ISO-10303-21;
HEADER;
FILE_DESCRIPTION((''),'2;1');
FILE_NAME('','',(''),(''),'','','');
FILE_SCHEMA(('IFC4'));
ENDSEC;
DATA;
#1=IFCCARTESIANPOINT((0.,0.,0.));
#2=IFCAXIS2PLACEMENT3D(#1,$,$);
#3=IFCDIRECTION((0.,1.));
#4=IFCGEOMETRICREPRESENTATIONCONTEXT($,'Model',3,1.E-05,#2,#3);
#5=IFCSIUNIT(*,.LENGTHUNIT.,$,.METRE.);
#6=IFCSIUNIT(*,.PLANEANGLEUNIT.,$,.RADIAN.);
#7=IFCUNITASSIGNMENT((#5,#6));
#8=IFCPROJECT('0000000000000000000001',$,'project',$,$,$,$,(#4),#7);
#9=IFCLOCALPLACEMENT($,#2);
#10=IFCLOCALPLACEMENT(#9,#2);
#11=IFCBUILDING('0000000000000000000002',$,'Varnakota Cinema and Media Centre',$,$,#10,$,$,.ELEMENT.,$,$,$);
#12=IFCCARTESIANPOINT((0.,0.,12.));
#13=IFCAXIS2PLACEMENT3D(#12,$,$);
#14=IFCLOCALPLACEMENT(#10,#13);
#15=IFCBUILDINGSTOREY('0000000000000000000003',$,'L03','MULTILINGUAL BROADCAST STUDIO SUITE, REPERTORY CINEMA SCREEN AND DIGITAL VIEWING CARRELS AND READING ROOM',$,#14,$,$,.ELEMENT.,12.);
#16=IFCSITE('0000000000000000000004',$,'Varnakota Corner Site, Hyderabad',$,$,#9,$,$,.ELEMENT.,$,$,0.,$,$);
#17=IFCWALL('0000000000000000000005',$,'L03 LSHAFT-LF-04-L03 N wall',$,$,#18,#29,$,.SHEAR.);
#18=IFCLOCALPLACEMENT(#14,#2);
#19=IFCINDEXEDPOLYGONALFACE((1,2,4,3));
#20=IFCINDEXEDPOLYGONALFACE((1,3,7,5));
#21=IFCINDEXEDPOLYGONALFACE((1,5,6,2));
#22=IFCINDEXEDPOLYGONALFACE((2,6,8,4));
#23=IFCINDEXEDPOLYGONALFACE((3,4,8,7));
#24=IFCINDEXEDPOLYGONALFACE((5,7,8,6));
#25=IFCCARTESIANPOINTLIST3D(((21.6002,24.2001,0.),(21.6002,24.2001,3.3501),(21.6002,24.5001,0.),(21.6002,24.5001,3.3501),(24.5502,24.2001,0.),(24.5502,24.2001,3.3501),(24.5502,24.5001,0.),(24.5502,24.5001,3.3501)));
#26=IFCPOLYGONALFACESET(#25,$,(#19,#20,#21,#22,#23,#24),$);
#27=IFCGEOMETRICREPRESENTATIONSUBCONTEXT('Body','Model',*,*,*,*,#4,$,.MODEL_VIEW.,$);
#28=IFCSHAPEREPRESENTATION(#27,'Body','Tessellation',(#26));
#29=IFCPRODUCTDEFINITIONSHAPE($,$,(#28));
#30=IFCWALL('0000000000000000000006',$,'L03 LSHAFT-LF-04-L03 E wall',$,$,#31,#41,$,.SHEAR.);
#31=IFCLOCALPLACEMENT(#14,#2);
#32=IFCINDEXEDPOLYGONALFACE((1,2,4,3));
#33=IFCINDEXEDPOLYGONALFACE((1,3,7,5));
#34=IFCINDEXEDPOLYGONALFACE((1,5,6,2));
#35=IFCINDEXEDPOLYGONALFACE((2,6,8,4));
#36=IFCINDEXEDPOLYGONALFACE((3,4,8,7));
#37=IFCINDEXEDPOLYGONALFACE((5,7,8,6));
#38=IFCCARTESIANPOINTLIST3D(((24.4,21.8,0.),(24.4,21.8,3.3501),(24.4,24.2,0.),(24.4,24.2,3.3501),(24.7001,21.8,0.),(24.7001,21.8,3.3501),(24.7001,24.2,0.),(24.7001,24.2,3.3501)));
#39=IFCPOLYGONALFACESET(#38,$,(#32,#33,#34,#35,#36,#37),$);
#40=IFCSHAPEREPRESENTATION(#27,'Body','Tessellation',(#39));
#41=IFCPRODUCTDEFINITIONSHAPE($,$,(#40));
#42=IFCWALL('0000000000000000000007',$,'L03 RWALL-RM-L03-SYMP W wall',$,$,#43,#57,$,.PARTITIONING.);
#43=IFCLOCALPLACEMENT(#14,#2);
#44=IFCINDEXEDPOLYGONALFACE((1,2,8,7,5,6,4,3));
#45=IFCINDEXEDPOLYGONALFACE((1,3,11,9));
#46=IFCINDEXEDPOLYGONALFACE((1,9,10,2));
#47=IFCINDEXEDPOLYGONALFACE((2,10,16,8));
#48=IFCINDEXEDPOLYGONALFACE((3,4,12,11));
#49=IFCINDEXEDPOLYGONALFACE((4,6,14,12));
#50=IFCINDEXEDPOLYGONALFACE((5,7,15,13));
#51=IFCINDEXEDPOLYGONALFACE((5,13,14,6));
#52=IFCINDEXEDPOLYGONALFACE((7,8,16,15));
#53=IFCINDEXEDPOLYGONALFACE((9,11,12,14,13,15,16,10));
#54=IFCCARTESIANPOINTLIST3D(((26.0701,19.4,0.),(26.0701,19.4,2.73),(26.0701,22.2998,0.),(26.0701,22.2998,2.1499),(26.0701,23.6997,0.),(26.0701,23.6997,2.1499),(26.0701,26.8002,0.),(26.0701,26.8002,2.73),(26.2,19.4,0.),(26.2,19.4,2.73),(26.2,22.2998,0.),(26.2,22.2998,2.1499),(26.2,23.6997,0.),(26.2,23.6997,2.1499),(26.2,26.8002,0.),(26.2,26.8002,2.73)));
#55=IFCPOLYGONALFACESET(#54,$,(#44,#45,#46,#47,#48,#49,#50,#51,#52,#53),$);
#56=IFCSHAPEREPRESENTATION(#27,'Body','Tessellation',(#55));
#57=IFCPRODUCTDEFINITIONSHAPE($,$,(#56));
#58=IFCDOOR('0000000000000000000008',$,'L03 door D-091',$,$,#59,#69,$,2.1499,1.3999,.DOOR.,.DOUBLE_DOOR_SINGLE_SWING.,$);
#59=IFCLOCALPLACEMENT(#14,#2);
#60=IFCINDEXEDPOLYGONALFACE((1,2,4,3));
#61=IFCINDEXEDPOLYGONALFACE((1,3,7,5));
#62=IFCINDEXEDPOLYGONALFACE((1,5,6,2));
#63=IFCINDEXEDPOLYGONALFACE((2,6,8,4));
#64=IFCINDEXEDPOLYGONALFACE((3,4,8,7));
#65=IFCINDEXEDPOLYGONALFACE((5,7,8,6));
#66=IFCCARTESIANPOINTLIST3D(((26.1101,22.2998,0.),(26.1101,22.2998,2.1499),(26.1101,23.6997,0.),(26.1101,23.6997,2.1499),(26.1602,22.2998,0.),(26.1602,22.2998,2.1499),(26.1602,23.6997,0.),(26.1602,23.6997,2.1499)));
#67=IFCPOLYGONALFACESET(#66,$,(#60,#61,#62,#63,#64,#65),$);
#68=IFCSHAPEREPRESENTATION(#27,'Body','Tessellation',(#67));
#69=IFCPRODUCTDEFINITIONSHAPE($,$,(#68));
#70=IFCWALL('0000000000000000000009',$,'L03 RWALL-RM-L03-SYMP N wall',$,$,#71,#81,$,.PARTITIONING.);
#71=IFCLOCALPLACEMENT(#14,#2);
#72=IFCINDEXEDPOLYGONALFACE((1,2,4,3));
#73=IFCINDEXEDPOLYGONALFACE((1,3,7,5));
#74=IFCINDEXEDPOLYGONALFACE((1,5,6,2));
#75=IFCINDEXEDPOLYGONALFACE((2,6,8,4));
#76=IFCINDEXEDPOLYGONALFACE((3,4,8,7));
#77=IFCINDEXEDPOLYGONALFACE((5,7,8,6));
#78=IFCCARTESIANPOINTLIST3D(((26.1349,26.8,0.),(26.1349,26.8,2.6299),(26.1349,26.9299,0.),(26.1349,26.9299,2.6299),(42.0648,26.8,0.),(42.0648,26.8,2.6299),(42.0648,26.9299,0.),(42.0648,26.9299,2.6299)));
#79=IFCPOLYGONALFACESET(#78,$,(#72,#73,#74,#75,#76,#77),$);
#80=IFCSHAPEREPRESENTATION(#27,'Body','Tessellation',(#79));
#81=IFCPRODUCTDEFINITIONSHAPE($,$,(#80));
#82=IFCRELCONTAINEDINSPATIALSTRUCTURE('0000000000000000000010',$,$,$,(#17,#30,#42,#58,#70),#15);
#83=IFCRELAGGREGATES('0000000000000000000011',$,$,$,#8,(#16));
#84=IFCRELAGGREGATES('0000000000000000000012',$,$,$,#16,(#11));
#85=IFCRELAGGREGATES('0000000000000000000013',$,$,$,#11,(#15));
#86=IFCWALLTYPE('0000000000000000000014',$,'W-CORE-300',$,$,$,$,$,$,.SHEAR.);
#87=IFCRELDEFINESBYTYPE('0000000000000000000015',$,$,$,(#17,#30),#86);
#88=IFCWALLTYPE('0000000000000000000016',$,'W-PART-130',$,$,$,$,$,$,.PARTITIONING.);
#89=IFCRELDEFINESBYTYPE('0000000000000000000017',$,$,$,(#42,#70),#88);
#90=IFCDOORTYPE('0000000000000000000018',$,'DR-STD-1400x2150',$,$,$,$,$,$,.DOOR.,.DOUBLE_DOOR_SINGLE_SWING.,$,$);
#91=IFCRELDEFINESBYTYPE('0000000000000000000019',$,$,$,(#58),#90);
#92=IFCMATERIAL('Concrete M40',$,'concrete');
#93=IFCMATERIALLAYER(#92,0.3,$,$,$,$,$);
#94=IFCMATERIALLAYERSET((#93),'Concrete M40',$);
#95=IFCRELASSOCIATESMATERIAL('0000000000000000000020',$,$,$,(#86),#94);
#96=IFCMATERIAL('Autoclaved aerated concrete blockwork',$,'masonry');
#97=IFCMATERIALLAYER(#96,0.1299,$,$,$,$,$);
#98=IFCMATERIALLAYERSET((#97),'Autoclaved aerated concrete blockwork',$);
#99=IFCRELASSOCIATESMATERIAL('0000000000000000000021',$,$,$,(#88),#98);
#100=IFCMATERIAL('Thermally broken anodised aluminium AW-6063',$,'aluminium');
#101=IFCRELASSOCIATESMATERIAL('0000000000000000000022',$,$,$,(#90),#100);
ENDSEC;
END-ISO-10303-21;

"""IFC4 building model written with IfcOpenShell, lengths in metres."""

from ifc_helpers import new_model, si_unit, direction, frame, frame_2d, origin, place, context, subcontext, project, spatial, rectangle, extrude, material, layer, layer_set, type_object, element, fill, save


model = new_model("IFC4")

# Units and contexts
model_context = context("Model", 3, precision=1e-05, world=origin(), true_north=direction((0.0, 1.0)))
body_context = subcontext(model_context, "Body", "Model", "MODEL_VIEW")
ifc_project = project(units=[si_unit("LENGTHUNIT", "METRE"), si_unit("PLANEANGLEUNIT", "RADIAN")], contexts=[model_context])

# Site, building, storey
site_placement = place(None, origin())
site = spatial("IfcSite", under=ifc_project, at=site_placement, Name="Varnakota Corner Site, Hyderabad", CompositionType="ELEMENT", RefElevation=0.0)
building_placement = place(site_placement, origin())
building = spatial("IfcBuilding", under=site, at=building_placement, Name="Varnakota Cinema and Media Centre", CompositionType="ELEMENT")
storey_placement = place(building_placement, frame((0.0, 0.0, 12.0)))
storey = spatial("IfcBuildingStorey", under=building, at=storey_placement, Name="L03", Description="MULTILINGUAL BROADCAST STUDIO SUITE, REPERTORY CINEMA SCREEN AND DIGITAL VIEWING CARRELS AND READING ROOM", CompositionType="ELEMENT", Elevation=12.0)

# Shared definitions
ifc_material_1 = material(Name="Concrete M40", Category="concrete")
ifc_layer_1 = layer(ifc_material_1, 0.3)
ifc_layer_set_1 = layer_set([ifc_layer_1], Name="Concrete M40")
wall_type_1 = type_object("IfcWallType", Name="W-CORE-300", PredefinedType="SHEAR", material=ifc_layer_set_1)

# Walls
wall_1_placement = place(storey_placement, frame((21.6001, 24.3501, 0.0), z_axis=(0.0, 0.0, 1.0), x_axis=(1.0, 0.0, 0.0)))
element("IfcWall", 1, at=wall_1_placement, inside=storey, type_object=wall_type_1, Name="L03 LSHAFT-LF-04-L03 N wall", PredefinedType="SHEAR", context=body_context, shape_type="SweptSolid", body=[
    extrude(rectangle(XDim=2.95, YDim=0.3, at=frame_2d((1.4751, 0.0))), origin(), (0.0, 0.0, 1.0), 3.3501),
])
wall_2_placement = place(storey_placement, frame((24.55, 24.2, 0.0), z_axis=(0.0, 0.0, 1.0), x_axis=(0.0, -1.0, 0.0)))
element("IfcWall", 2, at=wall_2_placement, inside=storey, type_object=wall_type_1, Name="L03 LSHAFT-LF-04-L03 E wall", PredefinedType="SHEAR", context=body_context, shape_type="SweptSolid", body=[
    extrude(rectangle(XDim=2.3999, YDim=0.3, at=frame_2d((1.2, 0.0))), origin(), (0.0, 0.0, 1.0), 3.3501),
])

# Wall, opening, door
ifc_material_2 = material(Name="Autoclaved aerated concrete blockwork", Category="masonry")
ifc_layer_2 = layer(ifc_material_2, 0.1299)
ifc_layer_set_2 = layer_set([ifc_layer_2], Name="Autoclaved aerated concrete blockwork")
wall_type_2 = type_object("IfcWallType", Name="W-PART-130", PredefinedType="PARTITIONING", material=ifc_layer_set_2)
wall_3_placement = place(storey_placement, frame((26.135, 19.3999, 0.0), z_axis=(0.0, 0.0, 1.0), x_axis=(0.0, 1.0, 0.0)))
wall_3 = element("IfcWall", 3, at=wall_3_placement, inside=storey, type_object=wall_type_2, Name="L03 RWALL-RM-L03-SYMP W wall", PredefinedType="PARTITIONING", context=body_context, shape_type="SweptSolid", body=[
    extrude(rectangle(XDim=7.4001, YDim=0.1299, at=frame_2d((3.7002, 0.0))), origin(), (0.0, 0.0, 1.0), 2.73),
])
opening_1_placement = place(wall_3_placement, frame((2.8999, 0.0, 0.0)))
opening_1 = element("IfcOpeningElement", 4, at=opening_1_placement, cuts=wall_3, PredefinedType="OPENING", context=body_context, shape_type="SweptSolid", body=[
    extrude(rectangle(XDim=1.3999, YDim=2.1499, at=frame_2d((0.7, 1.075))), frame((0.0, 0.0649, 0.0), z_axis=(0.0, -1.0, 0.0), x_axis=(1.0, 0.0, 0.0)), (0.0, 0.0, 1.0), 0.1299),
])
ifc_material_3 = material(Name="Thermally broken anodised aluminium AW-6063", Category="aluminium")
door_type_1 = type_object("IfcDoorType", Name="DR-STD-1400x2150", OperationType="DOUBLE_DOOR_SINGLE_SWING", PredefinedType="DOOR", material=ifc_material_3)
door_1_placement = place(opening_1_placement, origin())
door_1 = element("IfcDoor", 5, at=door_1_placement, inside=storey, type_object=door_type_1, Name="L03 door D-091", OperationType="DOUBLE_DOOR_SINGLE_SWING", OverallHeight=2.1499, OverallWidth=1.3999, PredefinedType="DOOR", context=body_context, shape_type="SweptSolid", body=[
    extrude(rectangle(XDim=1.3999, YDim=2.1499, at=frame_2d((0.7, 1.075))), frame((0.0, 0.0249, 0.0), z_axis=(0.0, -1.0, 0.0), x_axis=(1.0, 0.0, 0.0)), (0.0, 0.0, 1.0), 0.05),
])
fill(opening_1, door_1)

# Wall
wall_4_placement = place(storey_placement, frame((26.135, 26.865, 0.0), z_axis=(0.0, 0.0, 1.0), x_axis=(1.0, 0.0, 0.0)))
element("IfcWall", 6, at=wall_4_placement, inside=storey, type_object=wall_type_2, Name="L03 RWALL-RM-L03-SYMP N wall", PredefinedType="PARTITIONING", context=body_context, shape_type="SweptSolid", body=[
    extrude(rectangle(XDim=15.9299, YDim=0.1299, at=frame_2d((7.9648, 0.0))), origin(), (0.0, 0.0, 1.0), 2.6299),
])

save(model, "model.ifc")
